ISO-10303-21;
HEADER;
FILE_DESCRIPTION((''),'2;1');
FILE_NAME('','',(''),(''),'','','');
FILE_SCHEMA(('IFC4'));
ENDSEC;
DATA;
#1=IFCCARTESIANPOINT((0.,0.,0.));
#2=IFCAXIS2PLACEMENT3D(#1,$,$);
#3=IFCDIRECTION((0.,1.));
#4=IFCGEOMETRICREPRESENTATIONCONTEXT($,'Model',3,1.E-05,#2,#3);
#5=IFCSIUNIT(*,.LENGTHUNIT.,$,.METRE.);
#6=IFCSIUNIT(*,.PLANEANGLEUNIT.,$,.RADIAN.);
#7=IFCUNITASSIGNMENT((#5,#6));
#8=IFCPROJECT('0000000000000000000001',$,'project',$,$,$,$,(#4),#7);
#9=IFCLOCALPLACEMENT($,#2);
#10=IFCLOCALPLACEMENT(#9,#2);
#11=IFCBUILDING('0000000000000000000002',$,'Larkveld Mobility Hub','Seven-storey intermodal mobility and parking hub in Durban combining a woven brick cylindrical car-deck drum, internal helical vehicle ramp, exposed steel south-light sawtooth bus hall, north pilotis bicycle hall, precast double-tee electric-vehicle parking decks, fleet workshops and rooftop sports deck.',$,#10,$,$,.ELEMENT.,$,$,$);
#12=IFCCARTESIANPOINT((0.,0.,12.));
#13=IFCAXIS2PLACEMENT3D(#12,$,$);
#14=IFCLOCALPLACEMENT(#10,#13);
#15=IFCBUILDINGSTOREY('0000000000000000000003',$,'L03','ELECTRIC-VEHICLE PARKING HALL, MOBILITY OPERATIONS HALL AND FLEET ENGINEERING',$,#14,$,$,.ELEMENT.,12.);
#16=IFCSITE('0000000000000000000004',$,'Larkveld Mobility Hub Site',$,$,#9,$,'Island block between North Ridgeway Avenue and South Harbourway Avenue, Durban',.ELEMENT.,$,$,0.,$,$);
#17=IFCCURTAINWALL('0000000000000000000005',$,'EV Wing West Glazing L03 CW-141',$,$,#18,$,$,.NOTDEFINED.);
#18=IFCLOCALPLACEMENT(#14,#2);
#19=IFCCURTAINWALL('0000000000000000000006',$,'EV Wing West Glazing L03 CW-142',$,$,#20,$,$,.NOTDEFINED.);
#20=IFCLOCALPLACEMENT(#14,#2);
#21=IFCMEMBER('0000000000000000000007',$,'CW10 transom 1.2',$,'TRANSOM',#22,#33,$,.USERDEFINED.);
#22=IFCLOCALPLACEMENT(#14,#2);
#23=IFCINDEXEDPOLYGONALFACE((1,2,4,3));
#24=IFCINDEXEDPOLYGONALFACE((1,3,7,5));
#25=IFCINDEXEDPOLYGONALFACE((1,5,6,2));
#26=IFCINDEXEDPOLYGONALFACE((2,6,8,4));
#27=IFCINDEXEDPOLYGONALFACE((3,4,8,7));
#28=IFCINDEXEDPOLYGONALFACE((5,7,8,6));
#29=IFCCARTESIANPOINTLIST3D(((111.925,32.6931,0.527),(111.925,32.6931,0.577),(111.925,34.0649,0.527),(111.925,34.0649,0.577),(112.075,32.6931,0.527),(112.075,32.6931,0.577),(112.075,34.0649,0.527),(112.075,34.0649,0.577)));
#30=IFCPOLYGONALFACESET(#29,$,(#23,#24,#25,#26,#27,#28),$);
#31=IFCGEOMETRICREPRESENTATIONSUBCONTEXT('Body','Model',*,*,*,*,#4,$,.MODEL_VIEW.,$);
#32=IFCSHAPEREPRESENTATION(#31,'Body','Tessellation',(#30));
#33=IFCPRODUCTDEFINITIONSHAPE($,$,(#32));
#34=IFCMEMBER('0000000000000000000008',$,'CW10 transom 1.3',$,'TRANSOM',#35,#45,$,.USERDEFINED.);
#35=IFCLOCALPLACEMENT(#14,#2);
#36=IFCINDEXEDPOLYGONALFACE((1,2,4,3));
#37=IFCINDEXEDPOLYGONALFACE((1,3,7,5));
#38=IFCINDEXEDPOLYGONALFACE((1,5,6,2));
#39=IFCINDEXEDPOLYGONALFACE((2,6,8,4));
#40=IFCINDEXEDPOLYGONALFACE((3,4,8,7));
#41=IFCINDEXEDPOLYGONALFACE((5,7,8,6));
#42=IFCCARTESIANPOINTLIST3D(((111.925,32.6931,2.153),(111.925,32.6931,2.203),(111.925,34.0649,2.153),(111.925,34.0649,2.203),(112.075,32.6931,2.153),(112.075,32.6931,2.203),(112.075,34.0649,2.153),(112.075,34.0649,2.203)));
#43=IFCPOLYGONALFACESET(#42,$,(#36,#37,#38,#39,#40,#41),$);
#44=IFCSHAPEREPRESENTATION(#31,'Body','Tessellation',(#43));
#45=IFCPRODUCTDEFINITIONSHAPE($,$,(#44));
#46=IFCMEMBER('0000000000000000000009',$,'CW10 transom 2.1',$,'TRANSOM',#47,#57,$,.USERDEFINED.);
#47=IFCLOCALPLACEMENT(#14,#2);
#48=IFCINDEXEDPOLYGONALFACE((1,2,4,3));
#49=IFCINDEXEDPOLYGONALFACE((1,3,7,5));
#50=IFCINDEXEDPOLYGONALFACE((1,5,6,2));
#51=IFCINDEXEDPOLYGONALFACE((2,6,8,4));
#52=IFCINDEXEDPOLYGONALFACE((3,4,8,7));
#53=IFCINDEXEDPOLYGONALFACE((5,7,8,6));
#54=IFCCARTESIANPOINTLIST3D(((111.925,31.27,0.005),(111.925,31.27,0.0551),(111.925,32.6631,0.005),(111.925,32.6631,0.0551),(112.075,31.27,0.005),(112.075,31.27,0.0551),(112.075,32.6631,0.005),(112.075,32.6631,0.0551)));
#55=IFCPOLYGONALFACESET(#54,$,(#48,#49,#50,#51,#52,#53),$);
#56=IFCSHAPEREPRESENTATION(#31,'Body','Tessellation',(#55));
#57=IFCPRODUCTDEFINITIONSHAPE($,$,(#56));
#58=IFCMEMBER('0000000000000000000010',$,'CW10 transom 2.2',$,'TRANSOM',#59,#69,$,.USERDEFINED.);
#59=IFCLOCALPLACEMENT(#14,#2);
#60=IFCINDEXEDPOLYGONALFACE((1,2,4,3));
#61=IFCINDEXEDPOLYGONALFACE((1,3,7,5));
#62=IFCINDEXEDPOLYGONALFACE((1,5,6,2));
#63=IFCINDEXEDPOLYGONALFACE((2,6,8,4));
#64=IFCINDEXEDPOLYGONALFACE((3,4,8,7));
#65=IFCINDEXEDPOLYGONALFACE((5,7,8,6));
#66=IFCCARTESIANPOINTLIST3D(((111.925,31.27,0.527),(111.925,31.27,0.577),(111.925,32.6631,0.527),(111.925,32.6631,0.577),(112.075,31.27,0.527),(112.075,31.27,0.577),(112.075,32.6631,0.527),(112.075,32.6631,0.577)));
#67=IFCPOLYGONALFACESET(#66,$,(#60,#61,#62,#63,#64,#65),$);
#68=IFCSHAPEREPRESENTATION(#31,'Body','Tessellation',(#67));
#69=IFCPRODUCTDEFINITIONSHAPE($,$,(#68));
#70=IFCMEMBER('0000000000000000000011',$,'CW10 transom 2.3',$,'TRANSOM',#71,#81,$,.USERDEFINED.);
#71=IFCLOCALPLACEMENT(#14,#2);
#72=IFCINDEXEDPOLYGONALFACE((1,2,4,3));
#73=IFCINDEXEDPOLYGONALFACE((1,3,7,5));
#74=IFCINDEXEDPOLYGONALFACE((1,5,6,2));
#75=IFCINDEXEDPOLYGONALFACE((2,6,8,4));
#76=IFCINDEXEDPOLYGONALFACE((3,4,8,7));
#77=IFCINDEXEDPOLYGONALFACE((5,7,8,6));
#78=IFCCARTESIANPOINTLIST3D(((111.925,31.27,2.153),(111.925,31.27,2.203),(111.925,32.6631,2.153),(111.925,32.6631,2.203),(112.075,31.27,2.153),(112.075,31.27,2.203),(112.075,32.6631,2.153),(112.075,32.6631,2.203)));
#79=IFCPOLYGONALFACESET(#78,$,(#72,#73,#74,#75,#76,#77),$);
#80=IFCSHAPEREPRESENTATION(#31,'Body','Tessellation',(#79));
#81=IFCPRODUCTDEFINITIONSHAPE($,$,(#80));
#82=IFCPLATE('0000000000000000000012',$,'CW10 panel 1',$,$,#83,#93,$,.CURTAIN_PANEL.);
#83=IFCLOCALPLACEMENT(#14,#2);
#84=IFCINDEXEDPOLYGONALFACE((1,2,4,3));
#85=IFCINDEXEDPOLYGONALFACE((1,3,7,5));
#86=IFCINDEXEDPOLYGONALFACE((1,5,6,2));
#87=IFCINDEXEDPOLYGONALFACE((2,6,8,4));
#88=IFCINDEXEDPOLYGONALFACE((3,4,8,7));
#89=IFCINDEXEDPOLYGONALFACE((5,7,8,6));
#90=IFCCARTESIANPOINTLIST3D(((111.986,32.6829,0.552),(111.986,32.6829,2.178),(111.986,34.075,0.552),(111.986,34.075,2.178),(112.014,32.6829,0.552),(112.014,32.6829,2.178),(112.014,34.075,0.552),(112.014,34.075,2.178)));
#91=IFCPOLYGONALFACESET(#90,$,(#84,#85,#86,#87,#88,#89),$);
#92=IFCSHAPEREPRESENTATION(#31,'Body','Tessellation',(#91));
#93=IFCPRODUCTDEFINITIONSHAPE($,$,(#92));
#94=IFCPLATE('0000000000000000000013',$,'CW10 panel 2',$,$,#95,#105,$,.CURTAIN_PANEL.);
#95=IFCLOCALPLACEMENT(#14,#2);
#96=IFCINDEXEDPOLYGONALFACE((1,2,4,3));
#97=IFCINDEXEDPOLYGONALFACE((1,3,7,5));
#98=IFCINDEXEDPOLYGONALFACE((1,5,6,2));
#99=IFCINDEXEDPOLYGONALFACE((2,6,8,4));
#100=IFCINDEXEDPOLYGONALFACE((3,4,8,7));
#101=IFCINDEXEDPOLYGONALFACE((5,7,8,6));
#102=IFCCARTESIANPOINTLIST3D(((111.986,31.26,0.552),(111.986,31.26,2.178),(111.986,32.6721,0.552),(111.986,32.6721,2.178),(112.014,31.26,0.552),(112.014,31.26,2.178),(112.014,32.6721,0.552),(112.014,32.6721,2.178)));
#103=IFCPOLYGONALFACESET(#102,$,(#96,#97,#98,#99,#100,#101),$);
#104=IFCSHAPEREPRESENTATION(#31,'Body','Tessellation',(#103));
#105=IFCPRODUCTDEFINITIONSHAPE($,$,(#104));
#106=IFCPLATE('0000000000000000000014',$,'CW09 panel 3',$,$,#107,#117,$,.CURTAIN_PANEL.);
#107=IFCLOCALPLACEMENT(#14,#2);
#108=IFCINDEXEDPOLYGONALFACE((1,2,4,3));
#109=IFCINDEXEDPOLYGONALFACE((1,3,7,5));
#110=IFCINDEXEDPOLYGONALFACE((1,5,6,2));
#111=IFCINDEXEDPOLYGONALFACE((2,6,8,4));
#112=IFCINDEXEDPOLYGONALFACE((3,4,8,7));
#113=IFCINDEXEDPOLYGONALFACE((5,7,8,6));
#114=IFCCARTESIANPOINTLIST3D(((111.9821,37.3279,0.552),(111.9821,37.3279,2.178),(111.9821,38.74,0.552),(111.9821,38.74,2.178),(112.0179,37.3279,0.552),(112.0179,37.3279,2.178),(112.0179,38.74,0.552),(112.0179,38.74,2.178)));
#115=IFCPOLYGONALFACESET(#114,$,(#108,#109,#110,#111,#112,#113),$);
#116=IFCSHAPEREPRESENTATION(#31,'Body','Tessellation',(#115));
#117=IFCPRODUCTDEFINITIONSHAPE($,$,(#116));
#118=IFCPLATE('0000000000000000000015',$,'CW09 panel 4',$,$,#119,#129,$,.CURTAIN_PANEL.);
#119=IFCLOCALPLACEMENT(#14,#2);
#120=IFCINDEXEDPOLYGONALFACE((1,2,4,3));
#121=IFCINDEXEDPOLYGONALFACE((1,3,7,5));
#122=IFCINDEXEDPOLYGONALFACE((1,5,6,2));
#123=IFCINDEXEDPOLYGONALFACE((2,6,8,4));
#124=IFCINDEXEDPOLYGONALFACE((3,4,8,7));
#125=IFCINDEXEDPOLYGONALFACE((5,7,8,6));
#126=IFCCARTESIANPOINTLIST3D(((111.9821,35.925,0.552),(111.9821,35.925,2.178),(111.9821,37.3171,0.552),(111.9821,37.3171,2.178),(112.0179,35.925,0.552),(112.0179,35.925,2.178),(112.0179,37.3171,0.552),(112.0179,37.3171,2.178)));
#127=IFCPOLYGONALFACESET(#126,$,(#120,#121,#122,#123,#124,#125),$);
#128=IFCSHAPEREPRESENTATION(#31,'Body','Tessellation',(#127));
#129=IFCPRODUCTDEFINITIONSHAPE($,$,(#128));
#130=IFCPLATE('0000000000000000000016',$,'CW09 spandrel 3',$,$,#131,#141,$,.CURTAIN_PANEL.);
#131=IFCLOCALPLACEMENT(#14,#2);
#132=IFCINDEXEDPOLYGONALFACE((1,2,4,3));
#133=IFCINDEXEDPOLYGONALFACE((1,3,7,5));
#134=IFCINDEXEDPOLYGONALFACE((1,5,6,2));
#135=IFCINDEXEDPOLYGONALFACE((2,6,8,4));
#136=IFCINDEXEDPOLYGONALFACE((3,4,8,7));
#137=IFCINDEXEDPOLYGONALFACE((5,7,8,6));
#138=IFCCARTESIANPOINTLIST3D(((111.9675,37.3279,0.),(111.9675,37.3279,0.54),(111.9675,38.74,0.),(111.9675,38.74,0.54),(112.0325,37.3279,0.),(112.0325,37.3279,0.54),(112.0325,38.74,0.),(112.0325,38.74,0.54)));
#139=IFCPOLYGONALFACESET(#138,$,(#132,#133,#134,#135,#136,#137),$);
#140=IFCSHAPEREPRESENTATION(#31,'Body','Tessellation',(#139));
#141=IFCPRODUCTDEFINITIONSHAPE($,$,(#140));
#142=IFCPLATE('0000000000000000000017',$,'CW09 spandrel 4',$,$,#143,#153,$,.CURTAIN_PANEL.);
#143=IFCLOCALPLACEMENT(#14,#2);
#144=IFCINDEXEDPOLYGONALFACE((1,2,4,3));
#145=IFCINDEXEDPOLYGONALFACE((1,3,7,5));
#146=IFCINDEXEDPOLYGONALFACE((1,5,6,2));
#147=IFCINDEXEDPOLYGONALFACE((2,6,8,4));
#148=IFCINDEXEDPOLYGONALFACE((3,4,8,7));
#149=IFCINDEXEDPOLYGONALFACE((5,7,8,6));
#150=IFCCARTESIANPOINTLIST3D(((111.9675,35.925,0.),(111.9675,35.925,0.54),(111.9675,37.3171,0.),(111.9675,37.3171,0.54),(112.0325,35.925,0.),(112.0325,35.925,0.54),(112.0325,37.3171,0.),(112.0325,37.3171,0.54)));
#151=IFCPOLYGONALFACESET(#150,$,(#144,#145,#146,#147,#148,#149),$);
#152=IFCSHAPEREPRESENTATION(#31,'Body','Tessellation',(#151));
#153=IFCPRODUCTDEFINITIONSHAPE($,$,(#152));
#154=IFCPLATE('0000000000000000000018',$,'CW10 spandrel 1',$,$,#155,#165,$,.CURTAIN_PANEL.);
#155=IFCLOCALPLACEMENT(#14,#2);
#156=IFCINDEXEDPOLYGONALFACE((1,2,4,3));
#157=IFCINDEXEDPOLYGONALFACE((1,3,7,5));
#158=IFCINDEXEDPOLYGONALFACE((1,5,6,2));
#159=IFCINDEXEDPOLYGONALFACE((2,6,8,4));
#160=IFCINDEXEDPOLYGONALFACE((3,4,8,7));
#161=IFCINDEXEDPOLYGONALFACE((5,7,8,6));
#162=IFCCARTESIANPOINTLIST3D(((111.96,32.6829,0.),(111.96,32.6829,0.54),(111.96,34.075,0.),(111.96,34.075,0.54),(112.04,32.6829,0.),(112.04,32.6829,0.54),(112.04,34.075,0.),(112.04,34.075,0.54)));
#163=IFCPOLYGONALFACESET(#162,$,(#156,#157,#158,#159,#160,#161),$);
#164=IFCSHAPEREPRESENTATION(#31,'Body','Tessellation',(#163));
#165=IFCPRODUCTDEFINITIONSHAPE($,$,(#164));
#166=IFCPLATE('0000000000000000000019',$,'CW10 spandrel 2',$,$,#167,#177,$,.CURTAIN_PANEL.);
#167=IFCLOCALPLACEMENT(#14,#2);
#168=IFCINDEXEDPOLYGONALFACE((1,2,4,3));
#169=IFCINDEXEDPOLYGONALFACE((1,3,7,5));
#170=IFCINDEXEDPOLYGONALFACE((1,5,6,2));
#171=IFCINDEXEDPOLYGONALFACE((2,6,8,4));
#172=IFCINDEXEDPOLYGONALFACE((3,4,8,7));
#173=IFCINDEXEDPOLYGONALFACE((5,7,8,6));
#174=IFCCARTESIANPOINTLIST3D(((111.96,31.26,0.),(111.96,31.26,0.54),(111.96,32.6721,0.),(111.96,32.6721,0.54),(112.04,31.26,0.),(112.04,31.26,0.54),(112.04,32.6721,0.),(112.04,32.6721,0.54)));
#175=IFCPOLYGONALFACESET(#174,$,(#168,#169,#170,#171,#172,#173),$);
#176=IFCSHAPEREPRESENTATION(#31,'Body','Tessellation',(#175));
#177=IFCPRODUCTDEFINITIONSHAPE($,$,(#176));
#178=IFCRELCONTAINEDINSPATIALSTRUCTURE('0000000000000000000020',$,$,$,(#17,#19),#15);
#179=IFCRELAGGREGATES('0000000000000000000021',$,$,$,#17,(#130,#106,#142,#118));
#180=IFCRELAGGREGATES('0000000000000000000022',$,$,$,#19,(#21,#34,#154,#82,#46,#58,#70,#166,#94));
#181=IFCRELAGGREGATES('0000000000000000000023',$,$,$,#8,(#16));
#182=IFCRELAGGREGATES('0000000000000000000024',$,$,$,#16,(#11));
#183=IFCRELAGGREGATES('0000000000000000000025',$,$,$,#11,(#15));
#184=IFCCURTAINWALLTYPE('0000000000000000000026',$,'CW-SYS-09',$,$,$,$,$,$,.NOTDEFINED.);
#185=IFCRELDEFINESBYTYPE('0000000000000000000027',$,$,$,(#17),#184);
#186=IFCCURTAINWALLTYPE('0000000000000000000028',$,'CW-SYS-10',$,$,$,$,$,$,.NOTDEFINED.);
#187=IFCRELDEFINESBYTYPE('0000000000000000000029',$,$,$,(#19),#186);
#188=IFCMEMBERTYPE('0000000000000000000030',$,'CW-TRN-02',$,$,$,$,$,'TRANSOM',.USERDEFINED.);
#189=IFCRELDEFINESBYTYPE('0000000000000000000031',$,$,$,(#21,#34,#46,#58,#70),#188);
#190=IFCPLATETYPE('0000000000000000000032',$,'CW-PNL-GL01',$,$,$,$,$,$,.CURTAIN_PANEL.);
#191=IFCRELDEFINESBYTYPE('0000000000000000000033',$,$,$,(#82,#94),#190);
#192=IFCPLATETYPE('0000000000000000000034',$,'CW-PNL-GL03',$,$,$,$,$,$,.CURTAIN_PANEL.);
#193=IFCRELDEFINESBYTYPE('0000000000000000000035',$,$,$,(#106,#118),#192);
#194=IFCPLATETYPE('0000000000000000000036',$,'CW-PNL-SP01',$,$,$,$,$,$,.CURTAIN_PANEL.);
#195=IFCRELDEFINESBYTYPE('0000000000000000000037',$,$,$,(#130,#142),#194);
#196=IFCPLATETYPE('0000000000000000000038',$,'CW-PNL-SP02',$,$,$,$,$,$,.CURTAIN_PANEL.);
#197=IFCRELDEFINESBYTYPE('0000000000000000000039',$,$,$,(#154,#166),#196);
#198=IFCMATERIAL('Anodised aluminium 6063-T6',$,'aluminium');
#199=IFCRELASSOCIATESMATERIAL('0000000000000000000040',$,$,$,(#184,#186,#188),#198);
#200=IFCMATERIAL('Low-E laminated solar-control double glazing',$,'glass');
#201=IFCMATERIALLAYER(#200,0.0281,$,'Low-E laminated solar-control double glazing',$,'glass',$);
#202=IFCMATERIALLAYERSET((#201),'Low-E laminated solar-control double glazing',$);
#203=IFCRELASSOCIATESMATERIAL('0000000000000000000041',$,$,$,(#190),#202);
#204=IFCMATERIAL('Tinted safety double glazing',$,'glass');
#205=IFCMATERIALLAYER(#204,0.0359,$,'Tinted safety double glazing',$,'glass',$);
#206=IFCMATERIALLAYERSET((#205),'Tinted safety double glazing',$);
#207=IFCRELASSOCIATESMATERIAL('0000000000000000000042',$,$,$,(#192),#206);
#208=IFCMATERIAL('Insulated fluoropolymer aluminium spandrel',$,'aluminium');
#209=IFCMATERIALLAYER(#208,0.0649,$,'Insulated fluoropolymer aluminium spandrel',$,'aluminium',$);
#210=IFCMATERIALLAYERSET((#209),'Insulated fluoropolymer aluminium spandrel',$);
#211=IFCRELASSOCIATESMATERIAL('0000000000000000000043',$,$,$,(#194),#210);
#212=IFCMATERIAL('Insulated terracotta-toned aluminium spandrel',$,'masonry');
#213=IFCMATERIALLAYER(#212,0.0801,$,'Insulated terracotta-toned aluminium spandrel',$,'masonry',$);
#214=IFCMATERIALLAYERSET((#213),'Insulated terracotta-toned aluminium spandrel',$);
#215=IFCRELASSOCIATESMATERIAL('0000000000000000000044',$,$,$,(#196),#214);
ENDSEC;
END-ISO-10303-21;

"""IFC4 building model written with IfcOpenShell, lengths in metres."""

from ifc_helpers import new_model, si_unit, direction, frame, origin, origin_2d, place, context, subcontext, project, spatial, rectangle, extrude, material, layer, layer_set, material_profile, profile_set, type_object, element, aggregate, save


model = new_model("IFC4")

# Units and contexts
model_context = context("Model", 3, precision=1e-05, world=origin(), true_north=direction((0.0, 1.0)))
body_context = subcontext(model_context, "Body", "Model", "MODEL_VIEW")
ifc_project = project(units=[si_unit("LENGTHUNIT", "METRE"), si_unit("PLANEANGLEUNIT", "RADIAN")], contexts=[model_context])

# Site, building, storey
site_placement = place(None, origin())
site = spatial("IfcSite", under=ifc_project, at=site_placement, Name="Larkveld Mobility Hub Site", LongName="Island block between North Ridgeway Avenue and South Harbourway Avenue, Durban", CompositionType="ELEMENT", RefElevation=0.0)
building_placement = place(site_placement, origin())
building = spatial("IfcBuilding", under=site, at=building_placement, Name="Larkveld Mobility Hub", Description="Seven-storey intermodal mobility and parking hub in Durban combining a woven brick cylindrical car-deck drum, internal helical vehicle ramp, exposed steel south-light sawtooth bus hall, north pilotis bicycle hall, precast double-tee electric-vehicle parking decks, fleet workshops and rooftop sports deck.", CompositionType="ELEMENT")
storey_placement = place(building_placement, frame((0.0, 0.0, 12.0)))
storey = spatial("IfcBuildingStorey", under=building, at=storey_placement, Name="L03", Description="ELECTRIC-VEHICLE PARKING HALL, MOBILITY OPERATIONS HALL AND FLEET ENGINEERING", CompositionType="ELEMENT", Elevation=12.0)

# Curtain walls
ifc_material_1 = material(Name="Anodised aluminium 6063-T6", Category="aluminium")
curtain_wall_type_1 = type_object("IfcCurtainWallType", Name="CW-SYS-09", PredefinedType="NOTDEFINED", material=ifc_material_1)
curtain_wall_1_placement = place(storey_placement, origin())
curtain_wall_1 = element("IfcCurtainWall", 1, at=curtain_wall_1_placement, inside=storey, type_object=curtain_wall_type_1, Name="EV Wing West Glazing L03 CW-141", PredefinedType="NOTDEFINED")
curtain_wall_type_2 = type_object("IfcCurtainWallType", Name="CW-SYS-10", PredefinedType="NOTDEFINED", material=ifc_material_1)
curtain_wall_2_placement = place(storey_placement, origin())
curtain_wall_2 = element("IfcCurtainWall", 2, at=curtain_wall_2_placement, inside=storey, type_object=curtain_wall_type_2, Name="EV Wing West Glazing L03 CW-142", PredefinedType="NOTDEFINED")

# Members
ifc_material_profile_1 = material_profile(ifc_material_1, rectangle(XDim=0.1499, YDim=0.05, at=origin_2d()), Name="ALU TRAN 50x150")
ifc_profile_set_1 = profile_set([ifc_material_profile_1], Name="Anodised aluminium 6063-T6")
member_type_1 = type_object("IfcMemberType", Name="CW-TRN-02", ElementType="TRANSOM", PredefinedType="USERDEFINED", material=ifc_profile_set_1)
member_1_placement = place(storey_placement, frame((112.0, 34.0649, 0.552), z_axis=(0.0, -1.0, 0.0), x_axis=(1.0, 0.0, 0.0)))
member_1 = element("IfcMember", 3, at=member_1_placement, type_object=member_type_1, Name="CW10 transom 1.2", ObjectType="TRANSOM", PredefinedType="USERDEFINED", context=body_context, shape_type="SweptSolid", body=[
    extrude(rectangle(XDim=0.1499, YDim=0.05, at=origin_2d()), origin(), (0.0, 0.0, 1.0), 1.3718),
])
member_2_placement = place(storey_placement, frame((112.0, 34.0649, 2.178), z_axis=(0.0, -1.0, 0.0), x_axis=(1.0, 0.0, 0.0)))
member_2 = element("IfcMember", 4, at=member_2_placement, type_object=member_type_1, Name="CW10 transom 1.3", ObjectType="TRANSOM", PredefinedType="USERDEFINED", context=body_context, shape_type="SweptSolid", body=[
    extrude(rectangle(XDim=0.1499, YDim=0.05, at=origin_2d()), origin(), (0.0, 0.0, 1.0), 1.3718),
])
member_3_placement = place(storey_placement, frame((112.0, 32.6631, 0.03), z_axis=(0.0, -1.0, 0.0), x_axis=(1.0, 0.0, 0.0)))
member_3 = element("IfcMember", 5, at=member_3_placement, type_object=member_type_1, Name="CW10 transom 2.1", ObjectType="TRANSOM", PredefinedType="USERDEFINED", context=body_context, shape_type="SweptSolid", body=[
    extrude(rectangle(XDim=0.1499, YDim=0.05, at=origin_2d()), origin(), (0.0, 0.0, 1.0), 1.3931),
])
member_4_placement = place(storey_placement, frame((112.0, 32.6631, 0.552), z_axis=(0.0, -1.0, 0.0), x_axis=(1.0, 0.0, 0.0)))
member_4 = element("IfcMember", 6, at=member_4_placement, type_object=member_type_1, Name="CW10 transom 2.2", ObjectType="TRANSOM", PredefinedType="USERDEFINED", context=body_context, shape_type="SweptSolid", body=[
    extrude(rectangle(XDim=0.1499, YDim=0.05, at=origin_2d()), origin(), (0.0, 0.0, 1.0), 1.3931),
])
member_5_placement = place(storey_placement, frame((112.0, 32.6631, 2.178), z_axis=(0.0, -1.0, 0.0), x_axis=(1.0, 0.0, 0.0)))
member_5 = element("IfcMember", 7, at=member_5_placement, type_object=member_type_1, Name="CW10 transom 2.3", ObjectType="TRANSOM", PredefinedType="USERDEFINED", context=body_context, shape_type="SweptSolid", body=[
    extrude(rectangle(XDim=0.1499, YDim=0.05, at=origin_2d()), origin(), (0.0, 0.0, 1.0), 1.3931),
])

# Plates
ifc_material_2 = material(Name="Low-E laminated solar-control double glazing", Category="glass")
ifc_layer_1 = layer(ifc_material_2, 0.0281, Name="Low-E laminated solar-control double glazing", Category="glass")
ifc_layer_set_1 = layer_set([ifc_layer_1], Name="Low-E laminated solar-control double glazing")
plate_type_1 = type_object("IfcPlateType", Name="CW-PNL-GL01", PredefinedType="CURTAIN_PANEL", material=ifc_layer_set_1)
plate_1_placement = place(storey_placement, frame((112.0, 33.3789, 0.552), z_axis=(0.0, 0.0, 1.0), x_axis=(0.0, -1.0, 0.0)))
plate_1 = element("IfcPlate", 8, at=plate_1_placement, type_object=plate_type_1, Name="CW10 panel 1", PredefinedType="CURTAIN_PANEL", context=body_context, shape_type="SweptSolid", body=[
    extrude(rectangle(XDim=1.3921, YDim=0.0281, at=origin_2d()), origin(), (0.0, 0.0, 1.0), 1.626),
])
plate_2_placement = place(storey_placement, frame((112.0, 31.9661, 0.552), z_axis=(0.0, 0.0, 1.0), x_axis=(0.0, -1.0, 0.0)))
plate_2 = element("IfcPlate", 9, at=plate_2_placement, type_object=plate_type_1, Name="CW10 panel 2", PredefinedType="CURTAIN_PANEL", context=body_context, shape_type="SweptSolid", body=[
    extrude(rectangle(XDim=1.4121, YDim=0.0281, at=origin_2d()), origin(), (0.0, 0.0, 1.0), 1.626),
])
ifc_material_3 = material(Name="Tinted safety double glazing", Category="glass")
ifc_layer_2 = layer(ifc_material_3, 0.0359, Name="Tinted safety double glazing", Category="glass")
ifc_layer_set_2 = layer_set([ifc_layer_2], Name="Tinted safety double glazing")
plate_type_2 = type_object("IfcPlateType", Name="CW-PNL-GL03", PredefinedType="CURTAIN_PANEL", material=ifc_layer_set_2)
plate_3_placement = place(storey_placement, frame((112.0, 38.0339, 0.552), z_axis=(0.0, 0.0, 1.0), x_axis=(0.0, -1.0, 0.0)))
plate_3 = element("IfcPlate", 10, at=plate_3_placement, type_object=plate_type_2, Name="CW09 panel 3", PredefinedType="CURTAIN_PANEL", context=body_context, shape_type="SweptSolid", body=[
    extrude(rectangle(XDim=1.4121, YDim=0.0359, at=origin_2d()), origin(), (0.0, 0.0, 1.0), 1.626),
])
plate_4_placement = place(storey_placement, frame((112.0, 36.6211, 0.552), z_axis=(0.0, 0.0, 1.0), x_axis=(0.0, -1.0, 0.0)))
plate_4 = element("IfcPlate", 11, at=plate_4_placement, type_object=plate_type_2, Name="CW09 panel 4", PredefinedType="CURTAIN_PANEL", context=body_context, shape_type="SweptSolid", body=[
    extrude(rectangle(XDim=1.3921, YDim=0.0359, at=origin_2d()), origin(), (0.0, 0.0, 1.0), 1.626),
])
ifc_material_4 = material(Name="Insulated fluoropolymer aluminium spandrel", Category="aluminium")
ifc_layer_3 = layer(ifc_material_4, 0.0649, Name="Insulated fluoropolymer aluminium spandrel", Category="aluminium")
ifc_layer_set_3 = layer_set([ifc_layer_3], Name="Insulated fluoropolymer aluminium spandrel")
plate_type_3 = type_object("IfcPlateType", Name="CW-PNL-SP01", PredefinedType="CURTAIN_PANEL", material=ifc_layer_set_3)
plate_5_placement = place(storey_placement, frame((112.0, 38.0339, 0.0), z_axis=(0.0, 0.0, 1.0), x_axis=(0.0, -1.0, 0.0)))
plate_5 = element("IfcPlate", 12, at=plate_5_placement, type_object=plate_type_3, Name="CW09 spandrel 3", PredefinedType="CURTAIN_PANEL", context=body_context, shape_type="SweptSolid", body=[
    extrude(rectangle(XDim=1.4121, YDim=0.0649, at=origin_2d()), origin(), (0.0, 0.0, 1.0), 0.54),
])
plate_6_placement = place(storey_placement, frame((112.0, 36.6211, 0.0), z_axis=(0.0, 0.0, 1.0), x_axis=(0.0, -1.0, 0.0)))
plate_6 = element("IfcPlate", 13, at=plate_6_placement, type_object=plate_type_3, Name="CW09 spandrel 4", PredefinedType="CURTAIN_PANEL", context=body_context, shape_type="SweptSolid", body=[
    extrude(rectangle(XDim=1.3921, YDim=0.0649, at=origin_2d()), origin(), (0.0, 0.0, 1.0), 0.54),
])
aggregate(curtain_wall_1, [plate_5, plate_3, plate_6, plate_4])
ifc_material_5 = material(Name="Insulated terracotta-toned aluminium spandrel", Category="masonry")
ifc_layer_4 = layer(ifc_material_5, 0.0801, Name="Insulated terracotta-toned aluminium spandrel", Category="masonry")
ifc_layer_set_4 = layer_set([ifc_layer_4], Name="Insulated terracotta-toned aluminium spandrel")
plate_type_4 = type_object("IfcPlateType", Name="CW-PNL-SP02", PredefinedType="CURTAIN_PANEL", material=ifc_layer_set_4)
plate_7_placement = place(storey_placement, frame((112.0, 33.3789, 0.0), z_axis=(0.0, 0.0, 1.0), x_axis=(0.0, -1.0, 0.0)))
plate_7 = element("IfcPlate", 14, at=plate_7_placement, type_object=plate_type_4, Name="CW10 spandrel 1", PredefinedType="CURTAIN_PANEL", context=body_context, shape_type="SweptSolid", body=[
    extrude(rectangle(XDim=1.3921, YDim=0.0801, at=origin_2d()), origin(), (0.0, 0.0, 1.0), 0.54),
])
plate_8_placement = place(storey_placement, frame((112.0, 31.9661, 0.0), z_axis=(0.0, 0.0, 1.0), x_axis=(0.0, -1.0, 0.0)))
plate_8 = element("IfcPlate", 15, at=plate_8_placement, type_object=plate_type_4, Name="CW10 spandrel 2", PredefinedType="CURTAIN_PANEL", context=body_context, shape_type="SweptSolid", body=[
    extrude(rectangle(XDim=1.4121, YDim=0.0801, at=origin_2d()), origin(), (0.0, 0.0, 1.0), 0.54),
])
aggregate(curtain_wall_2, [member_1, member_2, plate_7, plate_1, member_3, member_4, member_5, plate_8, plate_2])

save(model, "model.ifc")
